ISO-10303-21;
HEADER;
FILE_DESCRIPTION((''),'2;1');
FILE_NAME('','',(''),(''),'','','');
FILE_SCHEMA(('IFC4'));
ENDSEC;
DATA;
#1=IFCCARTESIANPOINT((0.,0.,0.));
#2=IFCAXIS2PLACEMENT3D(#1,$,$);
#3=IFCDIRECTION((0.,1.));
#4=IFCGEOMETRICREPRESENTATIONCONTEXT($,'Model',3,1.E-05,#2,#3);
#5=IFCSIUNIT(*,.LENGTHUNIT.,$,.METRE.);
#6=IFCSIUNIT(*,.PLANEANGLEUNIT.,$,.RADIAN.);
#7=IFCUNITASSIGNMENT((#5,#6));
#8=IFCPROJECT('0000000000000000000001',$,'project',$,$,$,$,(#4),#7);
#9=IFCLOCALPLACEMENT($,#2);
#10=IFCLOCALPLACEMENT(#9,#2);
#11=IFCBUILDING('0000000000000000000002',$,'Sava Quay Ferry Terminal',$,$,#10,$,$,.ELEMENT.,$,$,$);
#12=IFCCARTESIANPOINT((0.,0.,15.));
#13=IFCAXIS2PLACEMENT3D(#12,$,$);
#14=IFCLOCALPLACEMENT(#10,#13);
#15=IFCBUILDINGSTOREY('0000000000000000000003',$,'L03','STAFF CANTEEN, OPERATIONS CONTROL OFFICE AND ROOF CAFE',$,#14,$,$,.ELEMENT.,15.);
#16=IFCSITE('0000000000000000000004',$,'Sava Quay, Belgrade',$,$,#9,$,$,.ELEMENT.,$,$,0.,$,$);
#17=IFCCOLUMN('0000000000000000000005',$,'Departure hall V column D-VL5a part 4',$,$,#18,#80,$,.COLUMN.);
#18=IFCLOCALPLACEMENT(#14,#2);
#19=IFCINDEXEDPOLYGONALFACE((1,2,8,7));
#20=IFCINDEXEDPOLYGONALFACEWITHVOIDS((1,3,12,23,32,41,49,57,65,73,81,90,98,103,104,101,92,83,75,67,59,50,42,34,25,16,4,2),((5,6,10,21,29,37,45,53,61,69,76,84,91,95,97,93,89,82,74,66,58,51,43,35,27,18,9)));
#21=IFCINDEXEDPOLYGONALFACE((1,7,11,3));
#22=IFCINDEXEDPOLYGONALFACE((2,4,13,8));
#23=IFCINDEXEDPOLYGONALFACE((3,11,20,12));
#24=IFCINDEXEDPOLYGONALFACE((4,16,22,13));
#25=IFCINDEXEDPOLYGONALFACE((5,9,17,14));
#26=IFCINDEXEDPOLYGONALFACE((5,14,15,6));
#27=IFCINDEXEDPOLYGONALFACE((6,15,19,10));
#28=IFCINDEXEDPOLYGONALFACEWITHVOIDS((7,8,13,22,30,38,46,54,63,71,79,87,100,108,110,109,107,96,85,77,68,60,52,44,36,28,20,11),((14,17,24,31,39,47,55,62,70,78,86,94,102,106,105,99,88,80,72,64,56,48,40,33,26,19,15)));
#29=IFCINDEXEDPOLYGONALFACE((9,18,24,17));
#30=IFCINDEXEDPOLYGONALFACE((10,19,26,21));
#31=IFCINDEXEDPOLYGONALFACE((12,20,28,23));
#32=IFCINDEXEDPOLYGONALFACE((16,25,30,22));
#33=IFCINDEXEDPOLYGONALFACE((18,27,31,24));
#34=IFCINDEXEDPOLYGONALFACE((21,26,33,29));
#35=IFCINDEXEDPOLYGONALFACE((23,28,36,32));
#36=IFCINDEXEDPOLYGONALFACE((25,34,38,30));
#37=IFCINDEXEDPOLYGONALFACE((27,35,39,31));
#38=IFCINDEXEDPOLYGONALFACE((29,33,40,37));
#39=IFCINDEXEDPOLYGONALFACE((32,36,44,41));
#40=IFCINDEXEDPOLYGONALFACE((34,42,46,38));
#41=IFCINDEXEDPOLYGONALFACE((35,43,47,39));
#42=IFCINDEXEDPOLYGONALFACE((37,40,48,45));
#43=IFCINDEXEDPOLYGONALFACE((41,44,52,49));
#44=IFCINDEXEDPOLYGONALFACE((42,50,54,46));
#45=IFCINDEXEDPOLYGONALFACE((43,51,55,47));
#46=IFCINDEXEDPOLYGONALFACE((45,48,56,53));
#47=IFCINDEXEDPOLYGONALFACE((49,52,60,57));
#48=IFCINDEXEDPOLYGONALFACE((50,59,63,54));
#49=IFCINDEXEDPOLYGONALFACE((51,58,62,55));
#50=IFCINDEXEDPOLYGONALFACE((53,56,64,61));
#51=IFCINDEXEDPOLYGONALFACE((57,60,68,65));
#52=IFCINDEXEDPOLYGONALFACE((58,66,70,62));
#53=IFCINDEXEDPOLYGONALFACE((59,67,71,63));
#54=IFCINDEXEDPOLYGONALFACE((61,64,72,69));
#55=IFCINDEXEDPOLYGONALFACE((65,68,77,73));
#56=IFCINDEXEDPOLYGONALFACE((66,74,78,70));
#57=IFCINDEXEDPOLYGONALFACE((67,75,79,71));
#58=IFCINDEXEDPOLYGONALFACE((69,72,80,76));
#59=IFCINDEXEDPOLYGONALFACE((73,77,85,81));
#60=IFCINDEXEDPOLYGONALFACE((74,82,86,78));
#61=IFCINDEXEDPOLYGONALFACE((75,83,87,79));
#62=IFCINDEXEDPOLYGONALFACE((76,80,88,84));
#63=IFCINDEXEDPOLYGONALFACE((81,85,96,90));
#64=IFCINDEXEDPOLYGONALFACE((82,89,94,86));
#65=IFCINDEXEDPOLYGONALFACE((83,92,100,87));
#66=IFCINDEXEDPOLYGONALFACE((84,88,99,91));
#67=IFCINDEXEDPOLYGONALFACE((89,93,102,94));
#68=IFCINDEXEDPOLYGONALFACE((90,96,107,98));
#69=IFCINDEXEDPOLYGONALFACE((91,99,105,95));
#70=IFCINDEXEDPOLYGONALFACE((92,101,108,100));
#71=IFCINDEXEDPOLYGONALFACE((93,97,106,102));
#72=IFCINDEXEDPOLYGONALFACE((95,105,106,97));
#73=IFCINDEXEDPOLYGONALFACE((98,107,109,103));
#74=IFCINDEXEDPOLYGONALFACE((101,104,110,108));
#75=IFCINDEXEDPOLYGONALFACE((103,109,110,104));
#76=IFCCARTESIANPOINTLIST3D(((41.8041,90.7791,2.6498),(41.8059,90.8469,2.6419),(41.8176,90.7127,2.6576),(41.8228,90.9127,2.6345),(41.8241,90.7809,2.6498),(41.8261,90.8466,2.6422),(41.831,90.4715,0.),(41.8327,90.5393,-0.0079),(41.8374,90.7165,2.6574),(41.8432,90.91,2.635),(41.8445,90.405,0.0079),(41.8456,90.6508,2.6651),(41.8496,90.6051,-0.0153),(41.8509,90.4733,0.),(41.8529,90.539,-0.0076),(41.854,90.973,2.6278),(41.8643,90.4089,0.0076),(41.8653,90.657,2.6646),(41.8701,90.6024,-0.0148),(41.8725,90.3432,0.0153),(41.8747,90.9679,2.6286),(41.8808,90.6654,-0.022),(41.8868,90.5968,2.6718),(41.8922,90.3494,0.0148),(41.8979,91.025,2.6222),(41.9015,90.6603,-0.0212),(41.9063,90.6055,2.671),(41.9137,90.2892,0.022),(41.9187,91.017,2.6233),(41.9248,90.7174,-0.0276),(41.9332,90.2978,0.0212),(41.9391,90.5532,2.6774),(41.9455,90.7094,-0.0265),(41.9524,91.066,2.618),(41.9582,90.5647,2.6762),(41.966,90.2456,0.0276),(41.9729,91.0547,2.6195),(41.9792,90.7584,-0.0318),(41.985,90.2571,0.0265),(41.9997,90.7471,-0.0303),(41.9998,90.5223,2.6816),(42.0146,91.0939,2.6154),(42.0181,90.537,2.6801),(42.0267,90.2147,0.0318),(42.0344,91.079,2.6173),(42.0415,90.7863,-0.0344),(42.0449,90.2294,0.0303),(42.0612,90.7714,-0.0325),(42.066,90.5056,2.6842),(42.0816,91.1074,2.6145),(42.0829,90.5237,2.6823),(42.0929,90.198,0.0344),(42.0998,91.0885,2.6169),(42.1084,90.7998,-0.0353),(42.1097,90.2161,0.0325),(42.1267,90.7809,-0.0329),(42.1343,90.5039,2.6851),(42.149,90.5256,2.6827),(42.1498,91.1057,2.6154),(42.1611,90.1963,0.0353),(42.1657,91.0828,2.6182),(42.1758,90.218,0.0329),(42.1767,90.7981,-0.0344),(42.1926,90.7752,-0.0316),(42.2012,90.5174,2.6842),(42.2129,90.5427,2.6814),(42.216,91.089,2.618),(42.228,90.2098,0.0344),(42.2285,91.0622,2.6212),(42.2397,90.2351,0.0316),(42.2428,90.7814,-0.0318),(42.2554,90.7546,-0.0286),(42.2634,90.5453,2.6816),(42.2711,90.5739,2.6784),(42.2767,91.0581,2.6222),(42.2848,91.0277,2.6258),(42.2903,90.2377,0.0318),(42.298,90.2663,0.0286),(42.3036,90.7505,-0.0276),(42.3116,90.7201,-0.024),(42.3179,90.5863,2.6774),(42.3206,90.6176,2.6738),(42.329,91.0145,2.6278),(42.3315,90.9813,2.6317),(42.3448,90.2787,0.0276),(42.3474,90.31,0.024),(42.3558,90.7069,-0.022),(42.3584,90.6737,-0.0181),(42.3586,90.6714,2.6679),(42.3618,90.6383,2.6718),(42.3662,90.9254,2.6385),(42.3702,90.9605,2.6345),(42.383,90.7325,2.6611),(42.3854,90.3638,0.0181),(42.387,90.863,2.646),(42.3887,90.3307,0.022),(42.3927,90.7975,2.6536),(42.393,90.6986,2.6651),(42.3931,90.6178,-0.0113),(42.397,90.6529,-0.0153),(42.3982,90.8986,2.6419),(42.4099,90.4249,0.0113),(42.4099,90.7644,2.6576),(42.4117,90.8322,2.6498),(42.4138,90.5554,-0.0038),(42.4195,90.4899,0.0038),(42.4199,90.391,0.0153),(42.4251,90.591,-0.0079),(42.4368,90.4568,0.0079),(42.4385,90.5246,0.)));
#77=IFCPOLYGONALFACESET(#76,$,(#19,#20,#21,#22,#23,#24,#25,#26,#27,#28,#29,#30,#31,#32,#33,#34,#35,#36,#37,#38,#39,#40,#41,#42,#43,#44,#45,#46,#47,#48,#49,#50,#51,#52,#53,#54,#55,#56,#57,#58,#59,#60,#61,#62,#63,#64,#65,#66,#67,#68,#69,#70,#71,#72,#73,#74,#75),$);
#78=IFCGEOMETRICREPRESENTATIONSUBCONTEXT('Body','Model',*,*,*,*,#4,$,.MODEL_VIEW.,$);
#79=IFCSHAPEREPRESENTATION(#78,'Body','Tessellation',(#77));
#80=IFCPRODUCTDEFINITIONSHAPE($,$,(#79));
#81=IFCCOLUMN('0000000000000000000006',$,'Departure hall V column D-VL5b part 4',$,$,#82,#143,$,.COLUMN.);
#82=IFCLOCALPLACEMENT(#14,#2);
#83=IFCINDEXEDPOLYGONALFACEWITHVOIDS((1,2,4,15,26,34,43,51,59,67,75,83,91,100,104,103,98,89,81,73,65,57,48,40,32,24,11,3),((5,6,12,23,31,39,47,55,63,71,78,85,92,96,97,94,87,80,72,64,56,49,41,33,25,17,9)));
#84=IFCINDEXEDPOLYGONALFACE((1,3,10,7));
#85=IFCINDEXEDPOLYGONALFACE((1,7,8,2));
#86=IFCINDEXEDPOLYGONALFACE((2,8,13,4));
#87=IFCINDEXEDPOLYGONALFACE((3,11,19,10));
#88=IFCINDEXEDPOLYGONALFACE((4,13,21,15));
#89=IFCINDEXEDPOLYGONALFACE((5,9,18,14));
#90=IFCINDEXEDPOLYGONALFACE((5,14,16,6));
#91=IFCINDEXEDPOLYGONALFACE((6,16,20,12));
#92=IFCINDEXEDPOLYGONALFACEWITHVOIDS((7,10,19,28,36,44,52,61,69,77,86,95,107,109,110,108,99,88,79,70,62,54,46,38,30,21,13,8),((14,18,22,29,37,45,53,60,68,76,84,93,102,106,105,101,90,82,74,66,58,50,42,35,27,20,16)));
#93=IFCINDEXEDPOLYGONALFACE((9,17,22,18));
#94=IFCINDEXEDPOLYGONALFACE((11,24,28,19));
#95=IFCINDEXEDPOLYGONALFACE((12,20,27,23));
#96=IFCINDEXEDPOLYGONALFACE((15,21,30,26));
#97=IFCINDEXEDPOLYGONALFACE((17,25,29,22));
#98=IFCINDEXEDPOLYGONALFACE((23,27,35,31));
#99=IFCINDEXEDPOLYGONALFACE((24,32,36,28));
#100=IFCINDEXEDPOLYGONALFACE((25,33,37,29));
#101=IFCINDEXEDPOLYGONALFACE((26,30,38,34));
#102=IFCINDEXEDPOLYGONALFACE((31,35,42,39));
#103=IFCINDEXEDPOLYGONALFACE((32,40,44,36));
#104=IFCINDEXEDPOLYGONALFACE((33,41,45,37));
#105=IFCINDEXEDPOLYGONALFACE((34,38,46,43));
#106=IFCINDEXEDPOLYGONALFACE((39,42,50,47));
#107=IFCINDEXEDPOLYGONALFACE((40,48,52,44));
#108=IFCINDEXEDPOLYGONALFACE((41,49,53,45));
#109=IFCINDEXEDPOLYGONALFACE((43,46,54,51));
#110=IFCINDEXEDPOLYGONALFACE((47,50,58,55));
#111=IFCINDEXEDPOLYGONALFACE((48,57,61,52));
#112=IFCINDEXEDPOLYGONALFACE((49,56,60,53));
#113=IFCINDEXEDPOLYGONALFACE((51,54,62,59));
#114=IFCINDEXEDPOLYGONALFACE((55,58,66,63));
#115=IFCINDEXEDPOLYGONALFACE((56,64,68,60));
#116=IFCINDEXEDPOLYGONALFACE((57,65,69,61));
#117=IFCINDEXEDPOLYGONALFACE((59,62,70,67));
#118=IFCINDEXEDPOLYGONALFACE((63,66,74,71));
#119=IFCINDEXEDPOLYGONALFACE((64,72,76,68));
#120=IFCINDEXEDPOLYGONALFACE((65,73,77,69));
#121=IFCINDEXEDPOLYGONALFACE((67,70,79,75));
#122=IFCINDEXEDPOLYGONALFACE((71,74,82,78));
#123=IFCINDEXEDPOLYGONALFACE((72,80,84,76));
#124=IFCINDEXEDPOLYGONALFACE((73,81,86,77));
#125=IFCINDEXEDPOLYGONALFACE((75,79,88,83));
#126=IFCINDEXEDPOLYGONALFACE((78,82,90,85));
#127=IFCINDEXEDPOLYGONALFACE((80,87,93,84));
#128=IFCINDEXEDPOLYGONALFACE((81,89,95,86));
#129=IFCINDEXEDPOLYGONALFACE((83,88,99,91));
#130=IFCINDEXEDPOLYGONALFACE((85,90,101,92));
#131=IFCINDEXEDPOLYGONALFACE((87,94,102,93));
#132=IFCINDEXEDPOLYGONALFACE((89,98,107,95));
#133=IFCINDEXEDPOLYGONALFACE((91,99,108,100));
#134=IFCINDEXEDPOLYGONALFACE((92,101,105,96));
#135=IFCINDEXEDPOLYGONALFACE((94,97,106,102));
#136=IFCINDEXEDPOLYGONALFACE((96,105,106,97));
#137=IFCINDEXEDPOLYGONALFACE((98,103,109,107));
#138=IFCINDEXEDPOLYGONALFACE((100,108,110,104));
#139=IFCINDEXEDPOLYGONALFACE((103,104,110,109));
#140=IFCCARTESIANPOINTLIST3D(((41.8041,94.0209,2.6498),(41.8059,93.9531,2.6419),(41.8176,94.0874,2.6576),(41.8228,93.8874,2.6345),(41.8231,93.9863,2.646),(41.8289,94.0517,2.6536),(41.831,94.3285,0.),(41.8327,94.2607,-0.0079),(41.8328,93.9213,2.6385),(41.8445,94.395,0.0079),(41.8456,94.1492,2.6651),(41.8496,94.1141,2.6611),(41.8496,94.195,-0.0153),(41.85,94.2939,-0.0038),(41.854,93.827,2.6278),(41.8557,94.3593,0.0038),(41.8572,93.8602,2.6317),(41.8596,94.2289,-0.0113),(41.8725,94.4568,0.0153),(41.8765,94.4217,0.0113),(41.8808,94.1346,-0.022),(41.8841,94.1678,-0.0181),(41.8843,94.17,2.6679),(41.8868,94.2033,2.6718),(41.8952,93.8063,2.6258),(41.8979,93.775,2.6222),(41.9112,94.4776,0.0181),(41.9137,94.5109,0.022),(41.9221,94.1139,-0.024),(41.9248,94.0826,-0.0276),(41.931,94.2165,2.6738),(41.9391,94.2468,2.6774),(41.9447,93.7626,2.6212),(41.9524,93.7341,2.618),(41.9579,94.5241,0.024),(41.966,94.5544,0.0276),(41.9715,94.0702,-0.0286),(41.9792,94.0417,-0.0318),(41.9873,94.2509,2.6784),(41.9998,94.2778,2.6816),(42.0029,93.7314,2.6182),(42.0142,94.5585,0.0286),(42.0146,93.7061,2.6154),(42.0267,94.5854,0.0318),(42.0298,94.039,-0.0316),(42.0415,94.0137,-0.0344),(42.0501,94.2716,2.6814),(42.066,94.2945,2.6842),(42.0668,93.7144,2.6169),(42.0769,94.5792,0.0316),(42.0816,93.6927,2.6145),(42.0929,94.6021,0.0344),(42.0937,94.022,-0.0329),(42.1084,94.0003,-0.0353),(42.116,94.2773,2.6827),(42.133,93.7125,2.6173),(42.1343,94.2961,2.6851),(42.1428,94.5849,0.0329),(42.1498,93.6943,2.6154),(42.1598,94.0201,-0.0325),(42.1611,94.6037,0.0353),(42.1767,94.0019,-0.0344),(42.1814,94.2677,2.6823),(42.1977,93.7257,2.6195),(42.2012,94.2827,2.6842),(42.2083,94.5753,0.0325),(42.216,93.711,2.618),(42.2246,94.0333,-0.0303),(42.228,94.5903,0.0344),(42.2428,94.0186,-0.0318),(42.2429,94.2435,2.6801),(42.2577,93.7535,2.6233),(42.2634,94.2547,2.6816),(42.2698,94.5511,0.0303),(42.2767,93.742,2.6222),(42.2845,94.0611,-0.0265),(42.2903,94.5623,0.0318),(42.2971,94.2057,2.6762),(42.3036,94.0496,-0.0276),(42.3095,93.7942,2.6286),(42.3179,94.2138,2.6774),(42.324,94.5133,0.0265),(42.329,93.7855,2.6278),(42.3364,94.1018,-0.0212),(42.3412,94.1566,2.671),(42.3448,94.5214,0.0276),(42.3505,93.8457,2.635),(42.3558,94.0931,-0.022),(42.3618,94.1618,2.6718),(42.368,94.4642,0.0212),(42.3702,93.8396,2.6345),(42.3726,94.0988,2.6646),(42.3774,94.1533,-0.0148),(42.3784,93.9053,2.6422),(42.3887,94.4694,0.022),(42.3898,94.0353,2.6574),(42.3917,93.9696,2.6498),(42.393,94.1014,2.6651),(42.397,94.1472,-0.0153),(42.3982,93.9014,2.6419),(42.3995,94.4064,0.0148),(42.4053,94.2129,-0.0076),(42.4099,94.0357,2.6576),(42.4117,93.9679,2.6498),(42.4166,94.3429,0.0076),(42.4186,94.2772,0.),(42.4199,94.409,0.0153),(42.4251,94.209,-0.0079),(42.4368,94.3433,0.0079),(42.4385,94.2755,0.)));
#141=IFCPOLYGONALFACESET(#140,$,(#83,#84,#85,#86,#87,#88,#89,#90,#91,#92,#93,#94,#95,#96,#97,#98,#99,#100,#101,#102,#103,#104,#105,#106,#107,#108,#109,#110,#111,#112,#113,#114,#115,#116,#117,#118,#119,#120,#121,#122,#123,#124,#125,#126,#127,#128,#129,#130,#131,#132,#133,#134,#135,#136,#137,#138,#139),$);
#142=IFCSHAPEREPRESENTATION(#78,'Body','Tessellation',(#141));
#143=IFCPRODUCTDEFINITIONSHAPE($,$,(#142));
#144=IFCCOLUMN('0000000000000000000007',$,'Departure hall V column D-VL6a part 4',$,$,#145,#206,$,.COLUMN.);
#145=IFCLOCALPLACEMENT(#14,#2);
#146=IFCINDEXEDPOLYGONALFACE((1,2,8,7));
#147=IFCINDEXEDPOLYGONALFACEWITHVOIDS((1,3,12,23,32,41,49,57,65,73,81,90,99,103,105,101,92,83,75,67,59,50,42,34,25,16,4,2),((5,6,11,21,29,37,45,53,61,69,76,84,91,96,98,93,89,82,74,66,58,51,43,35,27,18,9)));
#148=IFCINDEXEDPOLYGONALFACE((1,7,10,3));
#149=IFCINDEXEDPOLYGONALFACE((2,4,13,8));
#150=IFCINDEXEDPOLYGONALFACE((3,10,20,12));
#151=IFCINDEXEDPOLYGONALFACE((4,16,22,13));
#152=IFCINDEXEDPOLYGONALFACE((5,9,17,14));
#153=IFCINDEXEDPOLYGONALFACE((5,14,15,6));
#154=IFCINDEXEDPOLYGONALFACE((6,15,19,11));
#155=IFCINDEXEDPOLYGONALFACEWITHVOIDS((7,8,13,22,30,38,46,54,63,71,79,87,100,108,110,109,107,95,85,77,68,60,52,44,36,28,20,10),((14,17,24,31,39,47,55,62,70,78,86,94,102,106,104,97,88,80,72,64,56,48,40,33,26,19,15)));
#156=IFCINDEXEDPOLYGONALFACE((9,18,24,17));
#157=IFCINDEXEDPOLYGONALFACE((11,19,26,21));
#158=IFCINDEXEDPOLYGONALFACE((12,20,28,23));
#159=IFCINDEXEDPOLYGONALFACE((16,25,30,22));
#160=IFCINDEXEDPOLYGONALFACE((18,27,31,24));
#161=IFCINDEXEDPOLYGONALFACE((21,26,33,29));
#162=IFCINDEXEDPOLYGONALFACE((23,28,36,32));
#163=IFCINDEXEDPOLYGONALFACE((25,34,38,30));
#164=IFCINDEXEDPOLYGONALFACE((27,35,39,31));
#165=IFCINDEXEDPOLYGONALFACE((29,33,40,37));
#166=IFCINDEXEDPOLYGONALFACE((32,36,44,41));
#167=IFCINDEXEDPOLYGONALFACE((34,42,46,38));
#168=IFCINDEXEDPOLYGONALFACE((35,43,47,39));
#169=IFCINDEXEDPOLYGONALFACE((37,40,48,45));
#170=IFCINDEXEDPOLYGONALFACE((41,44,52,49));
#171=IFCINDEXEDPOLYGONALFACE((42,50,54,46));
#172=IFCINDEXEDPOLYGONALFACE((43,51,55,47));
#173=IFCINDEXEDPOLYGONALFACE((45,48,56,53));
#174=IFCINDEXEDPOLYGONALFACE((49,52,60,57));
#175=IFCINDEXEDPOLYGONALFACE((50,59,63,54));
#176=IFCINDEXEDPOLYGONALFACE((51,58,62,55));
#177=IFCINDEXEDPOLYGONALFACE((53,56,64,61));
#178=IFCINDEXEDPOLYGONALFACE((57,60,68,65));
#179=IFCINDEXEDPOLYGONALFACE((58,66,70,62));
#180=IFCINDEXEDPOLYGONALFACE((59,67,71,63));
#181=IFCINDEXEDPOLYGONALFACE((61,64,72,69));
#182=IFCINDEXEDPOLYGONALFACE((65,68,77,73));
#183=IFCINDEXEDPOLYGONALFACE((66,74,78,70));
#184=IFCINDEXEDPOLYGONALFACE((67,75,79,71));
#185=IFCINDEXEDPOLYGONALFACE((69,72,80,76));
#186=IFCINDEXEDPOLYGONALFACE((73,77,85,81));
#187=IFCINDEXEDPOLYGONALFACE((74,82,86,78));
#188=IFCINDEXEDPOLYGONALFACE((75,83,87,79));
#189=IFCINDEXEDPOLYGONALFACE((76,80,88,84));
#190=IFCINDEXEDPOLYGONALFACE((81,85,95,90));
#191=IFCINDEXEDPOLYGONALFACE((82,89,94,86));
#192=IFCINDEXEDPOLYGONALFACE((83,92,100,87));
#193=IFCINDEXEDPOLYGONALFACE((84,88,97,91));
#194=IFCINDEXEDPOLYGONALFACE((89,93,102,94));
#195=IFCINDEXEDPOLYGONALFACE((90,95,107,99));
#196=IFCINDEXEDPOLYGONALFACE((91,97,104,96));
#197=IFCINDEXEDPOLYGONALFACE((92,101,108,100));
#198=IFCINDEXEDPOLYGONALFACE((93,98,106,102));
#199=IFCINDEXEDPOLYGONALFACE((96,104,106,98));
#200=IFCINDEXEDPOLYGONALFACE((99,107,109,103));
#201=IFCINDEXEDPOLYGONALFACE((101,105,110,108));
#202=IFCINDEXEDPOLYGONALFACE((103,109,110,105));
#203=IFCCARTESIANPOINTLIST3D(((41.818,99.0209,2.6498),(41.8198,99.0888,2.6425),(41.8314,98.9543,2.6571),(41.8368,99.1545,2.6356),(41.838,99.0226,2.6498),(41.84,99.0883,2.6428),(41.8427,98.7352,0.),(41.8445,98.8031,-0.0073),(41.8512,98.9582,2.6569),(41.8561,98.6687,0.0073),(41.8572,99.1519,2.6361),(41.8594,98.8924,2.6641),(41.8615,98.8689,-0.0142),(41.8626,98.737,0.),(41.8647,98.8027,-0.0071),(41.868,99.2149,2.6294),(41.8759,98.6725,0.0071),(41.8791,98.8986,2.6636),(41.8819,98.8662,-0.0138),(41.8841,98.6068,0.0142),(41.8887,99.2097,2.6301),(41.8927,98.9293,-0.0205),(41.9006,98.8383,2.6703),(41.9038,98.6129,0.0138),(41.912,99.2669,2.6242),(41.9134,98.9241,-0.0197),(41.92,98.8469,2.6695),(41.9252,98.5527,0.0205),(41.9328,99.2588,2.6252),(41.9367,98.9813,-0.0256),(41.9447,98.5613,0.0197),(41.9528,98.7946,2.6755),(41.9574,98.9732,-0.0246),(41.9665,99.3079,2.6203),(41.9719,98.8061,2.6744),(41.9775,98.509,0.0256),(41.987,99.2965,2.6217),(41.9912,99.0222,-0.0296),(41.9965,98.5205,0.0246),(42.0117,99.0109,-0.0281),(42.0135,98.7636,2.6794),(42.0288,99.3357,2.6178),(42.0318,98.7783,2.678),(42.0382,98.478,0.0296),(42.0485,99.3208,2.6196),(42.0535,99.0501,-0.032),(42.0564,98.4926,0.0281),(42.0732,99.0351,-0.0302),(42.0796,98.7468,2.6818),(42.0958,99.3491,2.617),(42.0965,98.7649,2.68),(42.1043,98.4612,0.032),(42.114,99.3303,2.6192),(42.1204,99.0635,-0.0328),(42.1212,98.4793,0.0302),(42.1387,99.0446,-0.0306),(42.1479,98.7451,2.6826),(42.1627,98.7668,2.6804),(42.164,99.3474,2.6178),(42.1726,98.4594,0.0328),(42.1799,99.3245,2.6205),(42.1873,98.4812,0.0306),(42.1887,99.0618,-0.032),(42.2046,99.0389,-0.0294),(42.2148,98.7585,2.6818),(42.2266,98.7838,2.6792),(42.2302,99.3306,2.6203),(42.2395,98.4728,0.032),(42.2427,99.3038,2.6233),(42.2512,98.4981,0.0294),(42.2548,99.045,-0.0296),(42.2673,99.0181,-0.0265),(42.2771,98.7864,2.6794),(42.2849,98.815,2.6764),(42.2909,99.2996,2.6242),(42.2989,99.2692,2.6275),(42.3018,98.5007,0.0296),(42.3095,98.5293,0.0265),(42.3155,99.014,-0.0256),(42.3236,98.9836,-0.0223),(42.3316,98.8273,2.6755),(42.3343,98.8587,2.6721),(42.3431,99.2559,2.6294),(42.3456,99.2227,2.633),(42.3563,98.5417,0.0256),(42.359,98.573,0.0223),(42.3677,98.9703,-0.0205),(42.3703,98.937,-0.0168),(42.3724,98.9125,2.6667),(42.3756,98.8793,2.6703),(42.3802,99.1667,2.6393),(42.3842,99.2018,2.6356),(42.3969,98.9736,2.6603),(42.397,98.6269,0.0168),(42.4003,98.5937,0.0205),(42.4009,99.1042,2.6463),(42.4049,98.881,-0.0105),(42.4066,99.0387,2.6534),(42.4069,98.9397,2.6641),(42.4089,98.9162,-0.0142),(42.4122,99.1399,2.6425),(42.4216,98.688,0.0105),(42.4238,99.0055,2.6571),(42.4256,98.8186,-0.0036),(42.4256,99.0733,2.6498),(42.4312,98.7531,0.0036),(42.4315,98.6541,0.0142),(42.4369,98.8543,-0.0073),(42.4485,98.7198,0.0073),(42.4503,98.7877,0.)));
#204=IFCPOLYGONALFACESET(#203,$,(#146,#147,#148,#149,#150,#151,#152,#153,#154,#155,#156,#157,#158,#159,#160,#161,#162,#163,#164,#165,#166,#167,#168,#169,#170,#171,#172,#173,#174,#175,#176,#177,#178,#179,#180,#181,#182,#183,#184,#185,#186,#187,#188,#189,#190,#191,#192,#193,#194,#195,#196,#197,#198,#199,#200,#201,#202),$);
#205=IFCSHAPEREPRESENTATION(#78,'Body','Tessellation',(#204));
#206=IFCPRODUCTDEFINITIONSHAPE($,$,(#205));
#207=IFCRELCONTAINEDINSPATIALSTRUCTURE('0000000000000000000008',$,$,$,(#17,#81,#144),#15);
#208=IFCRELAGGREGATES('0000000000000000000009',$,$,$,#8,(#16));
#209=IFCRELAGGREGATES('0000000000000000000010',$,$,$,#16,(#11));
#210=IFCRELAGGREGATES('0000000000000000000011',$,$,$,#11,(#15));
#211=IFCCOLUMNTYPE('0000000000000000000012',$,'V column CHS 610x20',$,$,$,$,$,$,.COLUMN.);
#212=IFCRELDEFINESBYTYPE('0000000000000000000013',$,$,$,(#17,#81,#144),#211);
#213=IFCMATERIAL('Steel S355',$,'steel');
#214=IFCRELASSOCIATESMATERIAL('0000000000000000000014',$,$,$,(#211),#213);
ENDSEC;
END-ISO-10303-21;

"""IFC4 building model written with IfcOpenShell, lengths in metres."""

from ifc_helpers import new_model, si_unit, direction, frame, origin, origin_2d, place, context, subcontext, project, spatial, hollow_circle, extrude, material, material_profile, profile_set, type_object, element, save


model = new_model("IFC4")

# Units and contexts
model_context = context("Model", 3, precision=1e-05, world=origin(), true_north=direction((0.0, 1.0)))
body_context = subcontext(model_context, "Body", "Model", "MODEL_VIEW")
ifc_project = project(units=[si_unit("LENGTHUNIT", "METRE"), si_unit("PLANEANGLEUNIT", "RADIAN")], contexts=[model_context])

# Site, building, storey
site_placement = place(None, origin())
site = spatial("IfcSite", under=ifc_project, at=site_placement, Name="Sava Quay, Belgrade", CompositionType="ELEMENT", RefElevation=0.0)
building_placement = place(site_placement, origin())
building = spatial("IfcBuilding", under=site, at=building_placement, Name="Sava Quay Ferry Terminal", CompositionType="ELEMENT")
storey_placement = place(building_placement, frame((0.0, 0.0, 15.0)))
storey = spatial("IfcBuildingStorey", under=building, at=storey_placement, Name="L03", Description="STAFF CANTEEN, OPERATIONS CONTROL OFFICE AND ROOF CAFE", CompositionType="ELEMENT", Elevation=15.0)

# Columns
ifc_material_1 = material(Name="Steel S355", Category="steel")
ifc_material_profile_1 = material_profile(ifc_material_1, hollow_circle(Radius=0.3049, WallThickness=0.02, at=origin_2d()), Name="CHS 610 x 20.0")
ifc_profile_set_1 = profile_set([ifc_material_profile_1], Name="Steel S355")
column_type = type_object("IfcColumnType", Name="V column CHS 610x20", PredefinedType="COLUMN", material=ifc_profile_set_1)
for number, where, z_axis, x_axis, name in (
    (1, (42.1348, 90.498, 0.0), (-0.010066, 0.115306, 0.993279), (-0.996211, -0.086971, 0.0), "Departure hall V column D-VL5a part 4"),
    (2, (42.1348, 94.302, 0.0), (-0.010066, -0.115306, 0.993279), (0.996211, -0.086971, 0.0), "Departure hall V column D-VL5b part 4"),
):
    element("IfcColumn", number, at=place(storey_placement, frame(where, z_axis=z_axis, x_axis=x_axis)), inside=storey, type_object=column_type, Name=name, PredefinedType="COLUMN", context=body_context, shape_type="SweptSolid", body=[
        extrude(hollow_circle(Radius=0.3049, WallThickness=0.02, at=origin_2d()), origin(), (0.0, 0.0, 1.0), 2.6677),
    ])
column_placement = place(storey_placement, frame((42.1465, 98.7615, 0.0), z_axis=(-0.009251, 0.107169, 0.994198), x_axis=(-0.996295, -0.086005, 0.0)))
element("IfcColumn", 3, at=column_placement, inside=storey, type_object=column_type, Name="Departure hall V column D-VL6a part 4", PredefinedType="COLUMN", context=body_context, shape_type="SweptSolid", body=[
    extrude(hollow_circle(Radius=0.3049, WallThickness=0.02, at=origin_2d()), origin(), (0.0, 0.0, 1.0), 2.6653),
])

save(model, "model.ifc")
